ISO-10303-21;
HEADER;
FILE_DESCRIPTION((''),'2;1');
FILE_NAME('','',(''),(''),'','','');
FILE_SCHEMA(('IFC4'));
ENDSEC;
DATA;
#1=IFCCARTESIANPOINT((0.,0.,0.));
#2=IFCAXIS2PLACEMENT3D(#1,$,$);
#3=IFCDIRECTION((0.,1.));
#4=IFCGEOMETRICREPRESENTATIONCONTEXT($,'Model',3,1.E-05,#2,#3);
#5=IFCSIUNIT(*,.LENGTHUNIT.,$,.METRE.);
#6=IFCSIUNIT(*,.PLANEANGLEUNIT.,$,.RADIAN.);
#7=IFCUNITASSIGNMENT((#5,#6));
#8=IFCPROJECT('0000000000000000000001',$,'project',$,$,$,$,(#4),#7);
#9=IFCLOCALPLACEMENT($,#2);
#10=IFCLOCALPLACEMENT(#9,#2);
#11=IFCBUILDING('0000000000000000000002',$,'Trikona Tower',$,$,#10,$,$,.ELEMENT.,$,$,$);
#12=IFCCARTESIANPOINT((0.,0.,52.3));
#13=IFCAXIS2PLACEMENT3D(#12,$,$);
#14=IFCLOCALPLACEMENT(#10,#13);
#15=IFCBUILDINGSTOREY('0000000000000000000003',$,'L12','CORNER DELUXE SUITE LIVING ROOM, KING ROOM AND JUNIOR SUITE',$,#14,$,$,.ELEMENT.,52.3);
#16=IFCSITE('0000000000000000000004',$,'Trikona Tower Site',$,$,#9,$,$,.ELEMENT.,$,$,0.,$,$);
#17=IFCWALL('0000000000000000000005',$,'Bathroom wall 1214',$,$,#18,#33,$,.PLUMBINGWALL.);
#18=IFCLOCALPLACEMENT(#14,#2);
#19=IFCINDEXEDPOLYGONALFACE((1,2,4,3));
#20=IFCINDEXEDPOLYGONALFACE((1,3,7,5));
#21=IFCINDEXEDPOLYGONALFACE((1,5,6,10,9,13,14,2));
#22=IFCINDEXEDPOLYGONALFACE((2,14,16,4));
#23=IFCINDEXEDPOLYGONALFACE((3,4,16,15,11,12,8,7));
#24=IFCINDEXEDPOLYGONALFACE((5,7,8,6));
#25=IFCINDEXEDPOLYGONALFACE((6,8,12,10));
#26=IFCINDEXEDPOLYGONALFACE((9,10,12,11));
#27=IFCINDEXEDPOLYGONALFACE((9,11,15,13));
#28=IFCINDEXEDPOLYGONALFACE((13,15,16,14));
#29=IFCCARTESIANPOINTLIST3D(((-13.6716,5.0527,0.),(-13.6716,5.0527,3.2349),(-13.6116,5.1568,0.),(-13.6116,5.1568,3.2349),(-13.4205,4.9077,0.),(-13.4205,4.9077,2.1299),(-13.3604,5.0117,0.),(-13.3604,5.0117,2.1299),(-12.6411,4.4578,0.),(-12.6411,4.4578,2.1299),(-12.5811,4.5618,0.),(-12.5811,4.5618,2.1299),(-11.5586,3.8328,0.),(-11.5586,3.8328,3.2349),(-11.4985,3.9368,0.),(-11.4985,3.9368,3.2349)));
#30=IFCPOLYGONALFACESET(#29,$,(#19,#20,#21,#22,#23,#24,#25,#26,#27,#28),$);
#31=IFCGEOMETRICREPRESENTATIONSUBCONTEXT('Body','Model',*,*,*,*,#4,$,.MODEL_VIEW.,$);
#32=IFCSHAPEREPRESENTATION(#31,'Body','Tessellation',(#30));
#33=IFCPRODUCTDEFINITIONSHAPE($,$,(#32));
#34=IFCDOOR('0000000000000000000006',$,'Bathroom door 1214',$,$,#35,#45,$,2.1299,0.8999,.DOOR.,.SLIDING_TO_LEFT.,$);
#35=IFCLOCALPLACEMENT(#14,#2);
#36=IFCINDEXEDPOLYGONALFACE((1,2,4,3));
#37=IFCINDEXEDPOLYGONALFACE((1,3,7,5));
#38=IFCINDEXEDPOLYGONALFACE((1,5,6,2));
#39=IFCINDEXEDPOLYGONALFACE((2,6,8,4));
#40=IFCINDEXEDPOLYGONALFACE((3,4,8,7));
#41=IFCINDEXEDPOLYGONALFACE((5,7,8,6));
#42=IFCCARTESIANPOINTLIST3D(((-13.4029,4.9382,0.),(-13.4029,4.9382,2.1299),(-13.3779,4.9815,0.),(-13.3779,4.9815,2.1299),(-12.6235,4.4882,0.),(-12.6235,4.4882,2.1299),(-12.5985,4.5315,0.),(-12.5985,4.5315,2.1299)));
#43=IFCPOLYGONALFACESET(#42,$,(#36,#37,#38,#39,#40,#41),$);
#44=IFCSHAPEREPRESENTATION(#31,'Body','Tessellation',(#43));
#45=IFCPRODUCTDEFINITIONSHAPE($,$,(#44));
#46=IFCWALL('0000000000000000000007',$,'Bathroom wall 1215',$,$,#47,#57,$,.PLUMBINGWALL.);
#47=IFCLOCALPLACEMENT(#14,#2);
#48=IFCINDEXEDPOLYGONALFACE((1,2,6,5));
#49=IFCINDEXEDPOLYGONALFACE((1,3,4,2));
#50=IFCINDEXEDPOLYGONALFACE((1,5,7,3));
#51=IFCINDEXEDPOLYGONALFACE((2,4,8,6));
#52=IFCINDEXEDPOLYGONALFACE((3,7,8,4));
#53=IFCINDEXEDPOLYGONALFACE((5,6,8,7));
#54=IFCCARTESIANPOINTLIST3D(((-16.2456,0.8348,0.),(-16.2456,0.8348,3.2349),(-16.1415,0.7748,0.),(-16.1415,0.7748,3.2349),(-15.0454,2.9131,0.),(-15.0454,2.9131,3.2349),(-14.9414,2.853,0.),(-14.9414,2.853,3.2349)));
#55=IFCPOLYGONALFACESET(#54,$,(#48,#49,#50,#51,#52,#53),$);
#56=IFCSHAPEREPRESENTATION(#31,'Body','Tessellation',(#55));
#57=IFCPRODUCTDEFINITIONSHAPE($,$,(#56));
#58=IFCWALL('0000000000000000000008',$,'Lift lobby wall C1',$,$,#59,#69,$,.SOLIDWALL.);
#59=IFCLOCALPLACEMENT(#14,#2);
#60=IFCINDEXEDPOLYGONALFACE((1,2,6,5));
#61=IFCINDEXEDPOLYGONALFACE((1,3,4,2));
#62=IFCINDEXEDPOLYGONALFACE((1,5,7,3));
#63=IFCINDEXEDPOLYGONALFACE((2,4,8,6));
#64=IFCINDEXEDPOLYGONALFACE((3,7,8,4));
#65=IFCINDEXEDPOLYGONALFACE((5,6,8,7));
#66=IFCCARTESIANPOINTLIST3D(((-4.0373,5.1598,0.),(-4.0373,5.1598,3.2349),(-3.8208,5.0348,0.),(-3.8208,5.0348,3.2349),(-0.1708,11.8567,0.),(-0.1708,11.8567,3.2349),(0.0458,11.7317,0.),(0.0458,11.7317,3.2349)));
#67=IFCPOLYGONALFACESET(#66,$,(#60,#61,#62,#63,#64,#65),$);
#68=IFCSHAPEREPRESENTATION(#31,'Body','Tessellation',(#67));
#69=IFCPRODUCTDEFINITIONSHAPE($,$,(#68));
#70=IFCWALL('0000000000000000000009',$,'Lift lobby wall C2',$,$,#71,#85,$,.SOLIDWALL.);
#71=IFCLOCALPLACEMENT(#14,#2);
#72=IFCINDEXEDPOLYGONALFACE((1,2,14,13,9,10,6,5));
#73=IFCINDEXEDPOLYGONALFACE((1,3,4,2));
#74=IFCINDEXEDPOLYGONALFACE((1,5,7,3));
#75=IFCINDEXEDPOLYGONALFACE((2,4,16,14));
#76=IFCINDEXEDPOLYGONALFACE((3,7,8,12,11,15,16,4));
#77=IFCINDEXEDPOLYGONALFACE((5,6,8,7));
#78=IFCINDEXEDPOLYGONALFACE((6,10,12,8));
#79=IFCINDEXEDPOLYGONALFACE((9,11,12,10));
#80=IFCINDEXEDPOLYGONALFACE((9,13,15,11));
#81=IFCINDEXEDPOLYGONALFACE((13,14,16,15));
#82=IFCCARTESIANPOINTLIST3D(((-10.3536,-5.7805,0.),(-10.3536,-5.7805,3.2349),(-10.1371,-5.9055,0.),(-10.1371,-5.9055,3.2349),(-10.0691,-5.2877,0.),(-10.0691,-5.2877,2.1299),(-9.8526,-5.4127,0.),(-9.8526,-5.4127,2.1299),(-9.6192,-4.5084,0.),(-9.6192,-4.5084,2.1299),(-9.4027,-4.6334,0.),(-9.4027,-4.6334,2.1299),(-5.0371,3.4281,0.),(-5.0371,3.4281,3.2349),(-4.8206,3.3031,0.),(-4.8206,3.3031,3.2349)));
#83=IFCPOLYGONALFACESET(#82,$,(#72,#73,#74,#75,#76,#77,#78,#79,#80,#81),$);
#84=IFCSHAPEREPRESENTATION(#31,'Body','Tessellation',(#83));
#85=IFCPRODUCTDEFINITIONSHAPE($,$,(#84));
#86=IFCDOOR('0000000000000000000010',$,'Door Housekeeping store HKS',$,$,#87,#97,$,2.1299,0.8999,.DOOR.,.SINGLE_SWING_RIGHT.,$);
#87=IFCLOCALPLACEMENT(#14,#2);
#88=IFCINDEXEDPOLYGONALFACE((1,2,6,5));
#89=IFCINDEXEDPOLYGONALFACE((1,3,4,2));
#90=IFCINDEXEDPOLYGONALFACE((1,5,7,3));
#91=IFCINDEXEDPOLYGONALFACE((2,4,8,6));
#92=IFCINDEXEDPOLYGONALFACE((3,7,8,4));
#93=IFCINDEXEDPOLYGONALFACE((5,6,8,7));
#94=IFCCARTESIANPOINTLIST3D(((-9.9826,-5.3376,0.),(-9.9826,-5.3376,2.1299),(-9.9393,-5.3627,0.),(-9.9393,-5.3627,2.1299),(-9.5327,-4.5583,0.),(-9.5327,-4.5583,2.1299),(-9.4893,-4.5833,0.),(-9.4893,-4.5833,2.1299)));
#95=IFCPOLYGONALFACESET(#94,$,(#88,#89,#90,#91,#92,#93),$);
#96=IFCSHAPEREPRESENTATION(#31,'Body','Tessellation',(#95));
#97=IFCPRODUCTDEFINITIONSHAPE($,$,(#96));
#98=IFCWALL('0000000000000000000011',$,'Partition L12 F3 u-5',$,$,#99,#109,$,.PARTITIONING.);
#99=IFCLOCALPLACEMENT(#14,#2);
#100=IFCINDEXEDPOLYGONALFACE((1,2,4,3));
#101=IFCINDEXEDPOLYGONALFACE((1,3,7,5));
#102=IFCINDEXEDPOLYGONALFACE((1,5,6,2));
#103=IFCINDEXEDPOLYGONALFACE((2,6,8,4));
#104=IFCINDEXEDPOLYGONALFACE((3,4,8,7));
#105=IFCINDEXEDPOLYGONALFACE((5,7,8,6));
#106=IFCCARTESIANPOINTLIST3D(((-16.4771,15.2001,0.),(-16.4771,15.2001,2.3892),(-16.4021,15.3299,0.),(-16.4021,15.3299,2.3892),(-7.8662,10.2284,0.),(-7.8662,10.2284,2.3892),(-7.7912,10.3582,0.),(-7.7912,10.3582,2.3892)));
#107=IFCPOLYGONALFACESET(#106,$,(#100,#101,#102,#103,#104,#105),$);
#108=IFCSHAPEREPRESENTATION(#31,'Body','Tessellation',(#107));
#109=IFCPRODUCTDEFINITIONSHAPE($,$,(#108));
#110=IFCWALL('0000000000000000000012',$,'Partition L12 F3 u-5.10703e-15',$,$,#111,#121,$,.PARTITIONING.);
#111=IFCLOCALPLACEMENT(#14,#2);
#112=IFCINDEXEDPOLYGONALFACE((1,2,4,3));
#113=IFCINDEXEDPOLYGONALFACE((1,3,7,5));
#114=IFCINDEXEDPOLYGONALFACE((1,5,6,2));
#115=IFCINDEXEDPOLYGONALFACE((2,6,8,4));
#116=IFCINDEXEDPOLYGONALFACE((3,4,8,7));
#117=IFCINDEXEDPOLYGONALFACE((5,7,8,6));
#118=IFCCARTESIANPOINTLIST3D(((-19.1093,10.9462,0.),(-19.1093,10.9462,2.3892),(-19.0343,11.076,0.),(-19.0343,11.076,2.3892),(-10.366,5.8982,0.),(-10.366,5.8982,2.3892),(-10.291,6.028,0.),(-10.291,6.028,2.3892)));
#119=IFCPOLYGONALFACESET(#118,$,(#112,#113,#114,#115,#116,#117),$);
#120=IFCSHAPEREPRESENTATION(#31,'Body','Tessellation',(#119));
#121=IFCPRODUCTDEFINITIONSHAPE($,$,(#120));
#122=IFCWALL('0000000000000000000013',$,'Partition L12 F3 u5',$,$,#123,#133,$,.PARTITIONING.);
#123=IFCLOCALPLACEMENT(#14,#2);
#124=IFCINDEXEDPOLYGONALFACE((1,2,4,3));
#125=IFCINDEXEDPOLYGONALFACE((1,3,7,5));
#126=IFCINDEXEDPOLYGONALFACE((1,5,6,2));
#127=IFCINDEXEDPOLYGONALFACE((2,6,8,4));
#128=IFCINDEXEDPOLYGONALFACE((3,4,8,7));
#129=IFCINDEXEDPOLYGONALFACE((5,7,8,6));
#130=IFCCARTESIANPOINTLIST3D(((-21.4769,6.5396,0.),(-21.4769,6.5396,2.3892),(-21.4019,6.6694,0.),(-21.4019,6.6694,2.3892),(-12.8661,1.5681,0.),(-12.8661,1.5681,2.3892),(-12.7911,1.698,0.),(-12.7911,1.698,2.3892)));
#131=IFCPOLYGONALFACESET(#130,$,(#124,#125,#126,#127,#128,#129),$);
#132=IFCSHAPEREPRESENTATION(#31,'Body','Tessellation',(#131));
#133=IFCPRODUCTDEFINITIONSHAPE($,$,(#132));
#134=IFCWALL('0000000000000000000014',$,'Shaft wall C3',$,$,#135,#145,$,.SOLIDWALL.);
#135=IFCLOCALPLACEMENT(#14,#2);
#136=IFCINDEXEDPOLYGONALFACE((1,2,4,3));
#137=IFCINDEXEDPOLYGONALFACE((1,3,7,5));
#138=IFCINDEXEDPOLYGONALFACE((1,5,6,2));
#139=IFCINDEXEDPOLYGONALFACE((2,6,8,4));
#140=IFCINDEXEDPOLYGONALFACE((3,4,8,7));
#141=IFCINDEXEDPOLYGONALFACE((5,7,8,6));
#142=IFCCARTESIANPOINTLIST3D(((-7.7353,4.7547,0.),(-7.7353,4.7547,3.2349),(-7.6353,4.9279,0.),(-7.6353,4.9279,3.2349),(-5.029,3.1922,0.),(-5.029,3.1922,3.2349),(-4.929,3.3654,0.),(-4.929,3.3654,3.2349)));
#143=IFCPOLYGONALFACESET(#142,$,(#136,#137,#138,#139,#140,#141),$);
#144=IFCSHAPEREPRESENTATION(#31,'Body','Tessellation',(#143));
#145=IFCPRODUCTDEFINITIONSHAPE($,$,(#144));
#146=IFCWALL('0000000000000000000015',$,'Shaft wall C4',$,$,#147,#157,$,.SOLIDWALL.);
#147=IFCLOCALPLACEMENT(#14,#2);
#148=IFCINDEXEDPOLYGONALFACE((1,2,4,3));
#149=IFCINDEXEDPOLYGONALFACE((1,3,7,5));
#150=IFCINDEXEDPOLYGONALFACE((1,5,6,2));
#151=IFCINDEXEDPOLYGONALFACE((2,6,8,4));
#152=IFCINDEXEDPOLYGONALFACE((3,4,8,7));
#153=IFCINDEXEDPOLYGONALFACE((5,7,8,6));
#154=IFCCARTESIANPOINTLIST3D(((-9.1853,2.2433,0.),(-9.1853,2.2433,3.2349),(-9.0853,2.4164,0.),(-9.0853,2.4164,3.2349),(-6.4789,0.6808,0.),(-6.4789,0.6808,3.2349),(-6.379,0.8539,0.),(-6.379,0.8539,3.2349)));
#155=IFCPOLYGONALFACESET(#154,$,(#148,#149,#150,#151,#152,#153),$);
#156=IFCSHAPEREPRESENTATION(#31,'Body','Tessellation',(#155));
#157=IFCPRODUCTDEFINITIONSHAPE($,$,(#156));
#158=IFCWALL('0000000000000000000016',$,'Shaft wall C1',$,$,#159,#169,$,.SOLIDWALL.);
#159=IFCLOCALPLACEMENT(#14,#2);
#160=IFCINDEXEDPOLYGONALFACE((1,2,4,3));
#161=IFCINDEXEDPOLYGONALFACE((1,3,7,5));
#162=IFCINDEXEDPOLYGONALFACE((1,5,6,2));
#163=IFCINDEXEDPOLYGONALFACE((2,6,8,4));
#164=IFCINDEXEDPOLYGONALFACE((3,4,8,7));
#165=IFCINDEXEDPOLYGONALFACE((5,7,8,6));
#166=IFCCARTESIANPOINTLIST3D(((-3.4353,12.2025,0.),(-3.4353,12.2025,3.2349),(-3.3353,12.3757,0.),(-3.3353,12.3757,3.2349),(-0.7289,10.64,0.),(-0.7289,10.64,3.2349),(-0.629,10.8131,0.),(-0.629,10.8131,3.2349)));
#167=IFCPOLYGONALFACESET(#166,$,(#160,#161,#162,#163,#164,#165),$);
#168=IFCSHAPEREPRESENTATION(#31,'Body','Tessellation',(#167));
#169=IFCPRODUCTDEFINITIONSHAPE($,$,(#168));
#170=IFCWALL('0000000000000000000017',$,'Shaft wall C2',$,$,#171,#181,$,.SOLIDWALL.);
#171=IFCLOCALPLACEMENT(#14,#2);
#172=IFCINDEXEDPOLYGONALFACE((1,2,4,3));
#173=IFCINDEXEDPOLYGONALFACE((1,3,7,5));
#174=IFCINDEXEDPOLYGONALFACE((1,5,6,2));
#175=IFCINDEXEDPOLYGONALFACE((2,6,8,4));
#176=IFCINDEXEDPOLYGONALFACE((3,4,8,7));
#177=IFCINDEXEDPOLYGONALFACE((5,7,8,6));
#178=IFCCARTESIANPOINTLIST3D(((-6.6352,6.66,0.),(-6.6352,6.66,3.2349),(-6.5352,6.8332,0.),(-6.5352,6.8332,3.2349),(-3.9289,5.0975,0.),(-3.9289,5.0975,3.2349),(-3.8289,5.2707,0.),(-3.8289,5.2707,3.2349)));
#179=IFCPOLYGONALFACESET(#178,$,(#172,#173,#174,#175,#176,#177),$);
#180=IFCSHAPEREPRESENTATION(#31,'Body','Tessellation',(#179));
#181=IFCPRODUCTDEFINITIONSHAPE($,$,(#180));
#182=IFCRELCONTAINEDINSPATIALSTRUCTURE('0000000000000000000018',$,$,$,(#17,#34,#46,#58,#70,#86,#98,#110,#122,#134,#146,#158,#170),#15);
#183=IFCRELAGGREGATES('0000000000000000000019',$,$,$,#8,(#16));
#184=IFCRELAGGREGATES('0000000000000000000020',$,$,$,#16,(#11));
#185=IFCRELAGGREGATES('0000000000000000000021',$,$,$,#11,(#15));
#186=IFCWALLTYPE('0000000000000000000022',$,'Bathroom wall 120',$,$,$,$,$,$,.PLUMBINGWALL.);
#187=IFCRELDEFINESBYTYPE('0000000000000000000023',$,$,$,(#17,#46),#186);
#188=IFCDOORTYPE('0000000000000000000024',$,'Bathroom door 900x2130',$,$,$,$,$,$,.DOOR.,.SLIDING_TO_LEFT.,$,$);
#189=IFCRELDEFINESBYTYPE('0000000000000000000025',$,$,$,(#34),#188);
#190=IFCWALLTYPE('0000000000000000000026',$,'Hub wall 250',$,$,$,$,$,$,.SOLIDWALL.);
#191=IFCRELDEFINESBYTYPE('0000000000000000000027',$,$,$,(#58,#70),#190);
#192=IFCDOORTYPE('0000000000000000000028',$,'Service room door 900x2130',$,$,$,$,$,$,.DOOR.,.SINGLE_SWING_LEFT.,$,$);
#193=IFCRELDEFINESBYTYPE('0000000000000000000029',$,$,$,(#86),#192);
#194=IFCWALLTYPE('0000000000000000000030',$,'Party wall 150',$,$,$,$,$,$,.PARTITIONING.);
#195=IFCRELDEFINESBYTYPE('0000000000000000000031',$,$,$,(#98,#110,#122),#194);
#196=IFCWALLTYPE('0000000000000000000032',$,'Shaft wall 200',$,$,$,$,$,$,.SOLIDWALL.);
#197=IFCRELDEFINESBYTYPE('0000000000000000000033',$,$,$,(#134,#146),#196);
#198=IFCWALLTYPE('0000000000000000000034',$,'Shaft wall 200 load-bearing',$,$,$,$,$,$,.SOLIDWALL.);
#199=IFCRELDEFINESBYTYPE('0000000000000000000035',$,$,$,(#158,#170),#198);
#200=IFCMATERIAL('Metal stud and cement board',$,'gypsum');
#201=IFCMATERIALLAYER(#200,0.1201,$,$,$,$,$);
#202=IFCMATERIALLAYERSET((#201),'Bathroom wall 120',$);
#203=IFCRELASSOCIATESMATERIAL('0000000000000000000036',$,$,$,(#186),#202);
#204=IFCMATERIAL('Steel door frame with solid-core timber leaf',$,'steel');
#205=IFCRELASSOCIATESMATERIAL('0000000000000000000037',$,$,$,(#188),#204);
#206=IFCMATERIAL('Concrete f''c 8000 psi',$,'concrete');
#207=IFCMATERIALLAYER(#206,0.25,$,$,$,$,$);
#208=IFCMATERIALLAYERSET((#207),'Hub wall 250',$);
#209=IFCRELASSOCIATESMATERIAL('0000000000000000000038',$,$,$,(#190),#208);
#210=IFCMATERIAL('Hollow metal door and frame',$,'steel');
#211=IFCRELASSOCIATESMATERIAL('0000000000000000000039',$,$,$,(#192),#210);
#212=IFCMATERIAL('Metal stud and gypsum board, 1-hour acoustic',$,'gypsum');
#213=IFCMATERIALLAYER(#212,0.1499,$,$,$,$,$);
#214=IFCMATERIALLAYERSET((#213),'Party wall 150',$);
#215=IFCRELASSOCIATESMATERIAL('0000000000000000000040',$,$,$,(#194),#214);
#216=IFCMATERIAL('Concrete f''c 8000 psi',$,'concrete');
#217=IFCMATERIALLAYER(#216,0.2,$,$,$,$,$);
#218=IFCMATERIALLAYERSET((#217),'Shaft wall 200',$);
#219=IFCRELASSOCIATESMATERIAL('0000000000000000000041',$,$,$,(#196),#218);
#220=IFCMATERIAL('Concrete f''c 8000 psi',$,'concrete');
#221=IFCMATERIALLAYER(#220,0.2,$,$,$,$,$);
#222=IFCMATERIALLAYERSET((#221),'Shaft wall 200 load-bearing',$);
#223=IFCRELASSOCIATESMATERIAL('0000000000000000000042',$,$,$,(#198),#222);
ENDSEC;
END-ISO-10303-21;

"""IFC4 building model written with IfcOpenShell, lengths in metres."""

from ifc_helpers import new_model, si_unit, direction, frame, frame_2d, origin, place, context, subcontext, project, spatial, rectangle, extrude, material, layer, layer_set, type_object, element, fill, save


model = new_model("IFC4")

# Units and contexts
model_context = context("Model", 3, precision=1e-05, world=origin(), true_north=direction((0.0, 1.0)))
body_context = subcontext(model_context, "Body", "Model", "MODEL_VIEW")
ifc_project = project(units=[si_unit("LENGTHUNIT", "METRE"), si_unit("PLANEANGLEUNIT", "RADIAN")], contexts=[model_context])

# Site, building, storey
site_placement = place(None, origin())
site = spatial("IfcSite", under=ifc_project, at=site_placement, Name="Trikona Tower Site", CompositionType="ELEMENT", RefElevation=0.0)
building_placement = place(site_placement, origin())
building = spatial("IfcBuilding", under=site, at=building_placement, Name="Trikona Tower", CompositionType="ELEMENT")
storey_placement = place(building_placement, frame((0.0, 0.0, 52.3)))
storey = spatial("IfcBuildingStorey", under=building, at=storey_placement, Name="L12", Description="CORNER DELUXE SUITE LIVING ROOM, KING ROOM AND JUNIOR SUITE", CompositionType="ELEMENT", Elevation=52.3)

# Shared definitions
ifc_material_1 = material(Name="Metal stud and cement board", Category="gypsum")
ifc_layer_1 = layer(ifc_material_1, 0.1201)
ifc_layer_set_1 = layer_set([ifc_layer_1], Name="Bathroom wall 120")
wall_type_1 = type_object("IfcWallType", Name="Bathroom wall 120", PredefinedType="PLUMBINGWALL", material=ifc_layer_set_1)
ifc_material_2 = material(Name="Steel door frame with solid-core timber leaf", Category="steel")
door_type_1 = type_object("IfcDoorType", Name="Bathroom door 900x2130", OperationType="SLIDING_TO_LEFT", PredefinedType="DOOR", material=ifc_material_2)

# Wall, opening, door
wall_1_placement = place(storey_placement, frame((-11.5286, 3.8848, 0.0), z_axis=(0.0, 0.0, 1.0), x_axis=(-0.866024, 0.500003, 0.0)))
wall_1 = element("IfcWall", 1, at=wall_1_placement, inside=storey, type_object=wall_type_1, Name="Bathroom wall 1214", PredefinedType="PLUMBINGWALL", context=body_context, shape_type="SweptSolid", body=[
    extrude(rectangle(XDim=2.4399, YDim=0.1201, at=frame_2d((1.22, 0.0))), origin(), (0.0, 0.0, 1.0), 3.2349),
])
opening_1_placement = place(wall_1_placement, frame((1.25, 0.0, 0.0)))
opening_1 = element("IfcOpeningElement", 2, at=opening_1_placement, cuts=wall_1, PredefinedType="OPENING", context=body_context, shape_type="SweptSolid", body=[
    extrude(rectangle(XDim=0.8999, YDim=2.1299, at=frame_2d((0.45, 1.0649))), frame((0.0, 0.0701, 0.0), z_axis=(0.0, -1.0, 0.0), x_axis=(1.0, 0.0, 0.0)), (0.0, 0.0, 1.0), 0.1401),
])
door_1_placement = place(opening_1_placement, origin())
door_1 = element("IfcDoor", 3, at=door_1_placement, inside=storey, type_object=door_type_1, Name="Bathroom door 1214", OperationType="SLIDING_TO_LEFT", OverallHeight=2.1299, OverallWidth=0.8999, PredefinedType="DOOR", context=body_context, shape_type="SweptSolid", body=[
    extrude(rectangle(XDim=0.8999, YDim=2.1299, at=frame_2d((0.45, 1.0649))), frame((0.0, 0.0249, 0.0), z_axis=(0.0, -1.0, 0.0), x_axis=(1.0, 0.0, 0.0)), (0.0, 0.0, 1.0), 0.05),
])
fill(opening_1, door_1)

# Walls
wall_2_placement = place(storey_placement, frame((-14.9934, 2.8831, 0.0), z_axis=(0.0, 0.0, 1.0), x_axis=(-0.500078, -0.865981, 0.0)))
element("IfcWall", 4, at=wall_2_placement, inside=storey, type_object=wall_type_1, Name="Bathroom wall 1215", PredefinedType="PLUMBINGWALL", context=body_context, shape_type="SweptSolid", body=[
    extrude(rectangle(XDim=2.3999, YDim=0.1201, at=frame_2d((1.2, 0.0))), origin(), (0.0, 0.0, 1.0), 3.2349),
])
ifc_material_3 = material(Name="Concrete f'c 8000 psi", Category="concrete")
ifc_layer_2 = layer(ifc_material_3, 0.25)
ifc_layer_set_2 = layer_set([ifc_layer_2], Name="Hub wall 250")
wall_type_2 = type_object("IfcWallType", Name="Hub wall 250", PredefinedType="SOLIDWALL", material=ifc_layer_set_2)
wall_3_placement = place(storey_placement, frame((-0.0625, 11.7942, 0.0), z_axis=(0.0, 0.0, 1.0), x_axis=(-0.500007, -0.866022, 0.0)))
element("IfcWall", 5, at=wall_3_placement, inside=storey, type_object=wall_type_2, Name="Lift lobby wall C1", PredefinedType="SOLIDWALL", context=body_context, shape_type="SweptSolid", body=[
    extrude(rectangle(XDim=7.7329, YDim=0.25, at=frame_2d((3.8665, 0.0))), origin(), (0.0, 0.0, 1.0), 3.2349),
])

# Wall, opening, door
wall_4_placement = place(storey_placement, frame((-4.929, 3.3655, 0.0), z_axis=(0.0, 0.0, 1.0), x_axis=(-0.499991, -0.86603, 0.0)))
wall_4 = element("IfcWall", 6, at=wall_4_placement, inside=storey, type_object=wall_type_2, Name="Lift lobby wall C2", PredefinedType="SOLIDWALL", context=body_context, shape_type="SweptSolid", body=[
    extrude(rectangle(XDim=10.6331, YDim=0.25, at=frame_2d((5.3164, 0.0))), origin(), (0.0, 0.0, 1.0), 3.2349),
])
opening_2_placement = place(wall_4_placement, frame((9.1641, 0.0, 0.0)))
opening_2 = element("IfcOpeningElement", 7, at=opening_2_placement, cuts=wall_4, PredefinedType="OPENING", context=body_context, shape_type="SweptSolid", body=[
    extrude(rectangle(XDim=0.8999, YDim=2.1299, at=frame_2d((0.45, 1.0649))), frame((0.0, 0.135, 0.0), z_axis=(0.0, -1.0, 0.0), x_axis=(1.0, 0.0, 0.0)), (0.0, 0.0, 1.0), 0.27),
])
ifc_material_4 = material(Name="Hollow metal door and frame", Category="steel")
door_type_2 = type_object("IfcDoorType", Name="Service room door 900x2130", OperationType="SINGLE_SWING_LEFT", PredefinedType="DOOR", material=ifc_material_4)
door_2_placement = place(opening_2_placement, origin())
door_2 = element("IfcDoor", 8, at=door_2_placement, inside=storey, type_object=door_type_2, Name="Door Housekeeping store HKS", OperationType="SINGLE_SWING_RIGHT", OverallHeight=2.1299, OverallWidth=0.8999, PredefinedType="DOOR", context=body_context, shape_type="SweptSolid", body=[
    extrude(rectangle(XDim=0.8999, YDim=2.1299, at=frame_2d((0.45, 1.0649))), frame((0.0, 0.0249, 0.0), z_axis=(0.0, -1.0, 0.0), x_axis=(1.0, 0.0, 0.0)), (0.0, 0.0, 1.0), 0.05),
])
fill(opening_2, door_2)

# Walls
ifc_material_5 = material(Name="Metal stud and gypsum board, 1-hour acoustic", Category="gypsum")
ifc_layer_3 = layer(ifc_material_5, 0.1499)
ifc_layer_set_3 = layer_set([ifc_layer_3], Name="Party wall 150")
wall_type_3 = type_object("IfcWallType", Name="Party wall 150", PredefinedType="PARTITIONING", material=ifc_layer_set_3)
wall_5_placement = place(storey_placement, frame((-7.8286, 10.2932, 0.0), z_axis=(0.0, 0.0, 1.0), x_axis=(-0.866016, 0.500016, 0.0)))
element("IfcWall", 9, at=wall_5_placement, inside=storey, type_object=wall_type_3, Name="Partition L12 F3 u-5", PredefinedType="PARTITIONING", context=body_context, shape_type="SweptSolid", body=[
    extrude(rectangle(XDim=9.9431, YDim=0.1499, at=frame_2d((4.9717, 0.0))), origin(), (0.0, 0.0, 1.0), 2.3892),
])
wall_6_placement = place(storey_placement, frame((-10.3286, 5.9631, 0.0), z_axis=(0.0, 0.0, 1.0), x_axis=(-0.866022, 0.500006, 0.0)))
element("IfcWall", 10, at=wall_6_placement, inside=storey, type_object=wall_type_3, Name="Partition L12 F3 u-5.10703e-15", PredefinedType="PARTITIONING", context=body_context, shape_type="SweptSolid", body=[
    extrude(rectangle(XDim=10.0959, YDim=0.1499, at=frame_2d((5.0479, 0.0))), origin(), (0.0, 0.0, 1.0), 2.3892),
])
wall_7_placement = place(storey_placement, frame((-12.8286, 1.6331, 0.0), z_axis=(0.0, 0.0, 1.0), x_axis=(-0.866027, 0.499997, 0.0)))
element("IfcWall", 11, at=wall_7_placement, inside=storey, type_object=wall_type_3, Name="Partition L12 F3 u5", PredefinedType="PARTITIONING", context=body_context, shape_type="SweptSolid", body=[
    extrude(rectangle(XDim=9.9429, YDim=0.1499, at=frame_2d((4.9714, 0.0))), origin(), (0.0, 0.0, 1.0), 2.3892),
])
ifc_material_6 = material(Name="Concrete f'c 8000 psi", Category="concrete")
ifc_layer_4 = layer(ifc_material_6, 0.2)
ifc_layer_set_4 = layer_set([ifc_layer_4], Name="Shaft wall 200")
wall_type_4 = type_object("IfcWallType", Name="Shaft wall 200", PredefinedType="SOLIDWALL", material=ifc_layer_set_4)
for number, where, z_axis, x_axis, name in (
    (12, (-4.979, 3.2788, 0.0), (0.0, 0.0, 1.0), (-0.866023, 0.500004, 0.0), "Shaft wall C3"),
    (13, (-6.429, 0.7673, 0.0), (0.0, 0.0, 1.0), (-0.866023, 0.500004, 0.0), "Shaft wall C4"),
):
    element("IfcWall", number, at=place(storey_placement, frame(where, z_axis=z_axis, x_axis=x_axis)), inside=storey, type_object=wall_type_4, Name=name, PredefinedType="SOLIDWALL", context=body_context, shape_type="SweptSolid", body=[
        extrude(rectangle(XDim=3.125, YDim=0.2, at=frame_2d((1.5625, 0.0))), origin(), (0.0, 0.0, 1.0), 3.2349),
    ])
ifc_material_7 = material(Name="Concrete f'c 8000 psi", Category="concrete")
ifc_layer_5 = layer(ifc_material_7, 0.2)
ifc_layer_set_5 = layer_set([ifc_layer_5], Name="Shaft wall 200 load-bearing")
wall_type_5 = type_object("IfcWallType", Name="Shaft wall 200 load-bearing", PredefinedType="SOLIDWALL", material=ifc_layer_set_5)
for number, where, z_axis, x_axis, name in (
    (14, (-0.679, 10.7266, 0.0), (0.0, 0.0, 1.0), (-0.866023, 0.500004, 0.0), "Shaft wall C1"),
    (15, (-3.8789, 5.1841, 0.0), (0.0, 0.0, 1.0), (-0.866023, 0.500004, 0.0), "Shaft wall C2"),
):
    element("IfcWall", number, at=place(storey_placement, frame(where, z_axis=z_axis, x_axis=x_axis)), inside=storey, type_object=wall_type_5, Name=name, PredefinedType="SOLIDWALL", context=body_context, shape_type="SweptSolid", body=[
        extrude(rectangle(XDim=3.125, YDim=0.2, at=frame_2d((1.5625, 0.0))), origin(), (0.0, 0.0, 1.0), 3.2349),
    ])

save(model, "model.ifc")
